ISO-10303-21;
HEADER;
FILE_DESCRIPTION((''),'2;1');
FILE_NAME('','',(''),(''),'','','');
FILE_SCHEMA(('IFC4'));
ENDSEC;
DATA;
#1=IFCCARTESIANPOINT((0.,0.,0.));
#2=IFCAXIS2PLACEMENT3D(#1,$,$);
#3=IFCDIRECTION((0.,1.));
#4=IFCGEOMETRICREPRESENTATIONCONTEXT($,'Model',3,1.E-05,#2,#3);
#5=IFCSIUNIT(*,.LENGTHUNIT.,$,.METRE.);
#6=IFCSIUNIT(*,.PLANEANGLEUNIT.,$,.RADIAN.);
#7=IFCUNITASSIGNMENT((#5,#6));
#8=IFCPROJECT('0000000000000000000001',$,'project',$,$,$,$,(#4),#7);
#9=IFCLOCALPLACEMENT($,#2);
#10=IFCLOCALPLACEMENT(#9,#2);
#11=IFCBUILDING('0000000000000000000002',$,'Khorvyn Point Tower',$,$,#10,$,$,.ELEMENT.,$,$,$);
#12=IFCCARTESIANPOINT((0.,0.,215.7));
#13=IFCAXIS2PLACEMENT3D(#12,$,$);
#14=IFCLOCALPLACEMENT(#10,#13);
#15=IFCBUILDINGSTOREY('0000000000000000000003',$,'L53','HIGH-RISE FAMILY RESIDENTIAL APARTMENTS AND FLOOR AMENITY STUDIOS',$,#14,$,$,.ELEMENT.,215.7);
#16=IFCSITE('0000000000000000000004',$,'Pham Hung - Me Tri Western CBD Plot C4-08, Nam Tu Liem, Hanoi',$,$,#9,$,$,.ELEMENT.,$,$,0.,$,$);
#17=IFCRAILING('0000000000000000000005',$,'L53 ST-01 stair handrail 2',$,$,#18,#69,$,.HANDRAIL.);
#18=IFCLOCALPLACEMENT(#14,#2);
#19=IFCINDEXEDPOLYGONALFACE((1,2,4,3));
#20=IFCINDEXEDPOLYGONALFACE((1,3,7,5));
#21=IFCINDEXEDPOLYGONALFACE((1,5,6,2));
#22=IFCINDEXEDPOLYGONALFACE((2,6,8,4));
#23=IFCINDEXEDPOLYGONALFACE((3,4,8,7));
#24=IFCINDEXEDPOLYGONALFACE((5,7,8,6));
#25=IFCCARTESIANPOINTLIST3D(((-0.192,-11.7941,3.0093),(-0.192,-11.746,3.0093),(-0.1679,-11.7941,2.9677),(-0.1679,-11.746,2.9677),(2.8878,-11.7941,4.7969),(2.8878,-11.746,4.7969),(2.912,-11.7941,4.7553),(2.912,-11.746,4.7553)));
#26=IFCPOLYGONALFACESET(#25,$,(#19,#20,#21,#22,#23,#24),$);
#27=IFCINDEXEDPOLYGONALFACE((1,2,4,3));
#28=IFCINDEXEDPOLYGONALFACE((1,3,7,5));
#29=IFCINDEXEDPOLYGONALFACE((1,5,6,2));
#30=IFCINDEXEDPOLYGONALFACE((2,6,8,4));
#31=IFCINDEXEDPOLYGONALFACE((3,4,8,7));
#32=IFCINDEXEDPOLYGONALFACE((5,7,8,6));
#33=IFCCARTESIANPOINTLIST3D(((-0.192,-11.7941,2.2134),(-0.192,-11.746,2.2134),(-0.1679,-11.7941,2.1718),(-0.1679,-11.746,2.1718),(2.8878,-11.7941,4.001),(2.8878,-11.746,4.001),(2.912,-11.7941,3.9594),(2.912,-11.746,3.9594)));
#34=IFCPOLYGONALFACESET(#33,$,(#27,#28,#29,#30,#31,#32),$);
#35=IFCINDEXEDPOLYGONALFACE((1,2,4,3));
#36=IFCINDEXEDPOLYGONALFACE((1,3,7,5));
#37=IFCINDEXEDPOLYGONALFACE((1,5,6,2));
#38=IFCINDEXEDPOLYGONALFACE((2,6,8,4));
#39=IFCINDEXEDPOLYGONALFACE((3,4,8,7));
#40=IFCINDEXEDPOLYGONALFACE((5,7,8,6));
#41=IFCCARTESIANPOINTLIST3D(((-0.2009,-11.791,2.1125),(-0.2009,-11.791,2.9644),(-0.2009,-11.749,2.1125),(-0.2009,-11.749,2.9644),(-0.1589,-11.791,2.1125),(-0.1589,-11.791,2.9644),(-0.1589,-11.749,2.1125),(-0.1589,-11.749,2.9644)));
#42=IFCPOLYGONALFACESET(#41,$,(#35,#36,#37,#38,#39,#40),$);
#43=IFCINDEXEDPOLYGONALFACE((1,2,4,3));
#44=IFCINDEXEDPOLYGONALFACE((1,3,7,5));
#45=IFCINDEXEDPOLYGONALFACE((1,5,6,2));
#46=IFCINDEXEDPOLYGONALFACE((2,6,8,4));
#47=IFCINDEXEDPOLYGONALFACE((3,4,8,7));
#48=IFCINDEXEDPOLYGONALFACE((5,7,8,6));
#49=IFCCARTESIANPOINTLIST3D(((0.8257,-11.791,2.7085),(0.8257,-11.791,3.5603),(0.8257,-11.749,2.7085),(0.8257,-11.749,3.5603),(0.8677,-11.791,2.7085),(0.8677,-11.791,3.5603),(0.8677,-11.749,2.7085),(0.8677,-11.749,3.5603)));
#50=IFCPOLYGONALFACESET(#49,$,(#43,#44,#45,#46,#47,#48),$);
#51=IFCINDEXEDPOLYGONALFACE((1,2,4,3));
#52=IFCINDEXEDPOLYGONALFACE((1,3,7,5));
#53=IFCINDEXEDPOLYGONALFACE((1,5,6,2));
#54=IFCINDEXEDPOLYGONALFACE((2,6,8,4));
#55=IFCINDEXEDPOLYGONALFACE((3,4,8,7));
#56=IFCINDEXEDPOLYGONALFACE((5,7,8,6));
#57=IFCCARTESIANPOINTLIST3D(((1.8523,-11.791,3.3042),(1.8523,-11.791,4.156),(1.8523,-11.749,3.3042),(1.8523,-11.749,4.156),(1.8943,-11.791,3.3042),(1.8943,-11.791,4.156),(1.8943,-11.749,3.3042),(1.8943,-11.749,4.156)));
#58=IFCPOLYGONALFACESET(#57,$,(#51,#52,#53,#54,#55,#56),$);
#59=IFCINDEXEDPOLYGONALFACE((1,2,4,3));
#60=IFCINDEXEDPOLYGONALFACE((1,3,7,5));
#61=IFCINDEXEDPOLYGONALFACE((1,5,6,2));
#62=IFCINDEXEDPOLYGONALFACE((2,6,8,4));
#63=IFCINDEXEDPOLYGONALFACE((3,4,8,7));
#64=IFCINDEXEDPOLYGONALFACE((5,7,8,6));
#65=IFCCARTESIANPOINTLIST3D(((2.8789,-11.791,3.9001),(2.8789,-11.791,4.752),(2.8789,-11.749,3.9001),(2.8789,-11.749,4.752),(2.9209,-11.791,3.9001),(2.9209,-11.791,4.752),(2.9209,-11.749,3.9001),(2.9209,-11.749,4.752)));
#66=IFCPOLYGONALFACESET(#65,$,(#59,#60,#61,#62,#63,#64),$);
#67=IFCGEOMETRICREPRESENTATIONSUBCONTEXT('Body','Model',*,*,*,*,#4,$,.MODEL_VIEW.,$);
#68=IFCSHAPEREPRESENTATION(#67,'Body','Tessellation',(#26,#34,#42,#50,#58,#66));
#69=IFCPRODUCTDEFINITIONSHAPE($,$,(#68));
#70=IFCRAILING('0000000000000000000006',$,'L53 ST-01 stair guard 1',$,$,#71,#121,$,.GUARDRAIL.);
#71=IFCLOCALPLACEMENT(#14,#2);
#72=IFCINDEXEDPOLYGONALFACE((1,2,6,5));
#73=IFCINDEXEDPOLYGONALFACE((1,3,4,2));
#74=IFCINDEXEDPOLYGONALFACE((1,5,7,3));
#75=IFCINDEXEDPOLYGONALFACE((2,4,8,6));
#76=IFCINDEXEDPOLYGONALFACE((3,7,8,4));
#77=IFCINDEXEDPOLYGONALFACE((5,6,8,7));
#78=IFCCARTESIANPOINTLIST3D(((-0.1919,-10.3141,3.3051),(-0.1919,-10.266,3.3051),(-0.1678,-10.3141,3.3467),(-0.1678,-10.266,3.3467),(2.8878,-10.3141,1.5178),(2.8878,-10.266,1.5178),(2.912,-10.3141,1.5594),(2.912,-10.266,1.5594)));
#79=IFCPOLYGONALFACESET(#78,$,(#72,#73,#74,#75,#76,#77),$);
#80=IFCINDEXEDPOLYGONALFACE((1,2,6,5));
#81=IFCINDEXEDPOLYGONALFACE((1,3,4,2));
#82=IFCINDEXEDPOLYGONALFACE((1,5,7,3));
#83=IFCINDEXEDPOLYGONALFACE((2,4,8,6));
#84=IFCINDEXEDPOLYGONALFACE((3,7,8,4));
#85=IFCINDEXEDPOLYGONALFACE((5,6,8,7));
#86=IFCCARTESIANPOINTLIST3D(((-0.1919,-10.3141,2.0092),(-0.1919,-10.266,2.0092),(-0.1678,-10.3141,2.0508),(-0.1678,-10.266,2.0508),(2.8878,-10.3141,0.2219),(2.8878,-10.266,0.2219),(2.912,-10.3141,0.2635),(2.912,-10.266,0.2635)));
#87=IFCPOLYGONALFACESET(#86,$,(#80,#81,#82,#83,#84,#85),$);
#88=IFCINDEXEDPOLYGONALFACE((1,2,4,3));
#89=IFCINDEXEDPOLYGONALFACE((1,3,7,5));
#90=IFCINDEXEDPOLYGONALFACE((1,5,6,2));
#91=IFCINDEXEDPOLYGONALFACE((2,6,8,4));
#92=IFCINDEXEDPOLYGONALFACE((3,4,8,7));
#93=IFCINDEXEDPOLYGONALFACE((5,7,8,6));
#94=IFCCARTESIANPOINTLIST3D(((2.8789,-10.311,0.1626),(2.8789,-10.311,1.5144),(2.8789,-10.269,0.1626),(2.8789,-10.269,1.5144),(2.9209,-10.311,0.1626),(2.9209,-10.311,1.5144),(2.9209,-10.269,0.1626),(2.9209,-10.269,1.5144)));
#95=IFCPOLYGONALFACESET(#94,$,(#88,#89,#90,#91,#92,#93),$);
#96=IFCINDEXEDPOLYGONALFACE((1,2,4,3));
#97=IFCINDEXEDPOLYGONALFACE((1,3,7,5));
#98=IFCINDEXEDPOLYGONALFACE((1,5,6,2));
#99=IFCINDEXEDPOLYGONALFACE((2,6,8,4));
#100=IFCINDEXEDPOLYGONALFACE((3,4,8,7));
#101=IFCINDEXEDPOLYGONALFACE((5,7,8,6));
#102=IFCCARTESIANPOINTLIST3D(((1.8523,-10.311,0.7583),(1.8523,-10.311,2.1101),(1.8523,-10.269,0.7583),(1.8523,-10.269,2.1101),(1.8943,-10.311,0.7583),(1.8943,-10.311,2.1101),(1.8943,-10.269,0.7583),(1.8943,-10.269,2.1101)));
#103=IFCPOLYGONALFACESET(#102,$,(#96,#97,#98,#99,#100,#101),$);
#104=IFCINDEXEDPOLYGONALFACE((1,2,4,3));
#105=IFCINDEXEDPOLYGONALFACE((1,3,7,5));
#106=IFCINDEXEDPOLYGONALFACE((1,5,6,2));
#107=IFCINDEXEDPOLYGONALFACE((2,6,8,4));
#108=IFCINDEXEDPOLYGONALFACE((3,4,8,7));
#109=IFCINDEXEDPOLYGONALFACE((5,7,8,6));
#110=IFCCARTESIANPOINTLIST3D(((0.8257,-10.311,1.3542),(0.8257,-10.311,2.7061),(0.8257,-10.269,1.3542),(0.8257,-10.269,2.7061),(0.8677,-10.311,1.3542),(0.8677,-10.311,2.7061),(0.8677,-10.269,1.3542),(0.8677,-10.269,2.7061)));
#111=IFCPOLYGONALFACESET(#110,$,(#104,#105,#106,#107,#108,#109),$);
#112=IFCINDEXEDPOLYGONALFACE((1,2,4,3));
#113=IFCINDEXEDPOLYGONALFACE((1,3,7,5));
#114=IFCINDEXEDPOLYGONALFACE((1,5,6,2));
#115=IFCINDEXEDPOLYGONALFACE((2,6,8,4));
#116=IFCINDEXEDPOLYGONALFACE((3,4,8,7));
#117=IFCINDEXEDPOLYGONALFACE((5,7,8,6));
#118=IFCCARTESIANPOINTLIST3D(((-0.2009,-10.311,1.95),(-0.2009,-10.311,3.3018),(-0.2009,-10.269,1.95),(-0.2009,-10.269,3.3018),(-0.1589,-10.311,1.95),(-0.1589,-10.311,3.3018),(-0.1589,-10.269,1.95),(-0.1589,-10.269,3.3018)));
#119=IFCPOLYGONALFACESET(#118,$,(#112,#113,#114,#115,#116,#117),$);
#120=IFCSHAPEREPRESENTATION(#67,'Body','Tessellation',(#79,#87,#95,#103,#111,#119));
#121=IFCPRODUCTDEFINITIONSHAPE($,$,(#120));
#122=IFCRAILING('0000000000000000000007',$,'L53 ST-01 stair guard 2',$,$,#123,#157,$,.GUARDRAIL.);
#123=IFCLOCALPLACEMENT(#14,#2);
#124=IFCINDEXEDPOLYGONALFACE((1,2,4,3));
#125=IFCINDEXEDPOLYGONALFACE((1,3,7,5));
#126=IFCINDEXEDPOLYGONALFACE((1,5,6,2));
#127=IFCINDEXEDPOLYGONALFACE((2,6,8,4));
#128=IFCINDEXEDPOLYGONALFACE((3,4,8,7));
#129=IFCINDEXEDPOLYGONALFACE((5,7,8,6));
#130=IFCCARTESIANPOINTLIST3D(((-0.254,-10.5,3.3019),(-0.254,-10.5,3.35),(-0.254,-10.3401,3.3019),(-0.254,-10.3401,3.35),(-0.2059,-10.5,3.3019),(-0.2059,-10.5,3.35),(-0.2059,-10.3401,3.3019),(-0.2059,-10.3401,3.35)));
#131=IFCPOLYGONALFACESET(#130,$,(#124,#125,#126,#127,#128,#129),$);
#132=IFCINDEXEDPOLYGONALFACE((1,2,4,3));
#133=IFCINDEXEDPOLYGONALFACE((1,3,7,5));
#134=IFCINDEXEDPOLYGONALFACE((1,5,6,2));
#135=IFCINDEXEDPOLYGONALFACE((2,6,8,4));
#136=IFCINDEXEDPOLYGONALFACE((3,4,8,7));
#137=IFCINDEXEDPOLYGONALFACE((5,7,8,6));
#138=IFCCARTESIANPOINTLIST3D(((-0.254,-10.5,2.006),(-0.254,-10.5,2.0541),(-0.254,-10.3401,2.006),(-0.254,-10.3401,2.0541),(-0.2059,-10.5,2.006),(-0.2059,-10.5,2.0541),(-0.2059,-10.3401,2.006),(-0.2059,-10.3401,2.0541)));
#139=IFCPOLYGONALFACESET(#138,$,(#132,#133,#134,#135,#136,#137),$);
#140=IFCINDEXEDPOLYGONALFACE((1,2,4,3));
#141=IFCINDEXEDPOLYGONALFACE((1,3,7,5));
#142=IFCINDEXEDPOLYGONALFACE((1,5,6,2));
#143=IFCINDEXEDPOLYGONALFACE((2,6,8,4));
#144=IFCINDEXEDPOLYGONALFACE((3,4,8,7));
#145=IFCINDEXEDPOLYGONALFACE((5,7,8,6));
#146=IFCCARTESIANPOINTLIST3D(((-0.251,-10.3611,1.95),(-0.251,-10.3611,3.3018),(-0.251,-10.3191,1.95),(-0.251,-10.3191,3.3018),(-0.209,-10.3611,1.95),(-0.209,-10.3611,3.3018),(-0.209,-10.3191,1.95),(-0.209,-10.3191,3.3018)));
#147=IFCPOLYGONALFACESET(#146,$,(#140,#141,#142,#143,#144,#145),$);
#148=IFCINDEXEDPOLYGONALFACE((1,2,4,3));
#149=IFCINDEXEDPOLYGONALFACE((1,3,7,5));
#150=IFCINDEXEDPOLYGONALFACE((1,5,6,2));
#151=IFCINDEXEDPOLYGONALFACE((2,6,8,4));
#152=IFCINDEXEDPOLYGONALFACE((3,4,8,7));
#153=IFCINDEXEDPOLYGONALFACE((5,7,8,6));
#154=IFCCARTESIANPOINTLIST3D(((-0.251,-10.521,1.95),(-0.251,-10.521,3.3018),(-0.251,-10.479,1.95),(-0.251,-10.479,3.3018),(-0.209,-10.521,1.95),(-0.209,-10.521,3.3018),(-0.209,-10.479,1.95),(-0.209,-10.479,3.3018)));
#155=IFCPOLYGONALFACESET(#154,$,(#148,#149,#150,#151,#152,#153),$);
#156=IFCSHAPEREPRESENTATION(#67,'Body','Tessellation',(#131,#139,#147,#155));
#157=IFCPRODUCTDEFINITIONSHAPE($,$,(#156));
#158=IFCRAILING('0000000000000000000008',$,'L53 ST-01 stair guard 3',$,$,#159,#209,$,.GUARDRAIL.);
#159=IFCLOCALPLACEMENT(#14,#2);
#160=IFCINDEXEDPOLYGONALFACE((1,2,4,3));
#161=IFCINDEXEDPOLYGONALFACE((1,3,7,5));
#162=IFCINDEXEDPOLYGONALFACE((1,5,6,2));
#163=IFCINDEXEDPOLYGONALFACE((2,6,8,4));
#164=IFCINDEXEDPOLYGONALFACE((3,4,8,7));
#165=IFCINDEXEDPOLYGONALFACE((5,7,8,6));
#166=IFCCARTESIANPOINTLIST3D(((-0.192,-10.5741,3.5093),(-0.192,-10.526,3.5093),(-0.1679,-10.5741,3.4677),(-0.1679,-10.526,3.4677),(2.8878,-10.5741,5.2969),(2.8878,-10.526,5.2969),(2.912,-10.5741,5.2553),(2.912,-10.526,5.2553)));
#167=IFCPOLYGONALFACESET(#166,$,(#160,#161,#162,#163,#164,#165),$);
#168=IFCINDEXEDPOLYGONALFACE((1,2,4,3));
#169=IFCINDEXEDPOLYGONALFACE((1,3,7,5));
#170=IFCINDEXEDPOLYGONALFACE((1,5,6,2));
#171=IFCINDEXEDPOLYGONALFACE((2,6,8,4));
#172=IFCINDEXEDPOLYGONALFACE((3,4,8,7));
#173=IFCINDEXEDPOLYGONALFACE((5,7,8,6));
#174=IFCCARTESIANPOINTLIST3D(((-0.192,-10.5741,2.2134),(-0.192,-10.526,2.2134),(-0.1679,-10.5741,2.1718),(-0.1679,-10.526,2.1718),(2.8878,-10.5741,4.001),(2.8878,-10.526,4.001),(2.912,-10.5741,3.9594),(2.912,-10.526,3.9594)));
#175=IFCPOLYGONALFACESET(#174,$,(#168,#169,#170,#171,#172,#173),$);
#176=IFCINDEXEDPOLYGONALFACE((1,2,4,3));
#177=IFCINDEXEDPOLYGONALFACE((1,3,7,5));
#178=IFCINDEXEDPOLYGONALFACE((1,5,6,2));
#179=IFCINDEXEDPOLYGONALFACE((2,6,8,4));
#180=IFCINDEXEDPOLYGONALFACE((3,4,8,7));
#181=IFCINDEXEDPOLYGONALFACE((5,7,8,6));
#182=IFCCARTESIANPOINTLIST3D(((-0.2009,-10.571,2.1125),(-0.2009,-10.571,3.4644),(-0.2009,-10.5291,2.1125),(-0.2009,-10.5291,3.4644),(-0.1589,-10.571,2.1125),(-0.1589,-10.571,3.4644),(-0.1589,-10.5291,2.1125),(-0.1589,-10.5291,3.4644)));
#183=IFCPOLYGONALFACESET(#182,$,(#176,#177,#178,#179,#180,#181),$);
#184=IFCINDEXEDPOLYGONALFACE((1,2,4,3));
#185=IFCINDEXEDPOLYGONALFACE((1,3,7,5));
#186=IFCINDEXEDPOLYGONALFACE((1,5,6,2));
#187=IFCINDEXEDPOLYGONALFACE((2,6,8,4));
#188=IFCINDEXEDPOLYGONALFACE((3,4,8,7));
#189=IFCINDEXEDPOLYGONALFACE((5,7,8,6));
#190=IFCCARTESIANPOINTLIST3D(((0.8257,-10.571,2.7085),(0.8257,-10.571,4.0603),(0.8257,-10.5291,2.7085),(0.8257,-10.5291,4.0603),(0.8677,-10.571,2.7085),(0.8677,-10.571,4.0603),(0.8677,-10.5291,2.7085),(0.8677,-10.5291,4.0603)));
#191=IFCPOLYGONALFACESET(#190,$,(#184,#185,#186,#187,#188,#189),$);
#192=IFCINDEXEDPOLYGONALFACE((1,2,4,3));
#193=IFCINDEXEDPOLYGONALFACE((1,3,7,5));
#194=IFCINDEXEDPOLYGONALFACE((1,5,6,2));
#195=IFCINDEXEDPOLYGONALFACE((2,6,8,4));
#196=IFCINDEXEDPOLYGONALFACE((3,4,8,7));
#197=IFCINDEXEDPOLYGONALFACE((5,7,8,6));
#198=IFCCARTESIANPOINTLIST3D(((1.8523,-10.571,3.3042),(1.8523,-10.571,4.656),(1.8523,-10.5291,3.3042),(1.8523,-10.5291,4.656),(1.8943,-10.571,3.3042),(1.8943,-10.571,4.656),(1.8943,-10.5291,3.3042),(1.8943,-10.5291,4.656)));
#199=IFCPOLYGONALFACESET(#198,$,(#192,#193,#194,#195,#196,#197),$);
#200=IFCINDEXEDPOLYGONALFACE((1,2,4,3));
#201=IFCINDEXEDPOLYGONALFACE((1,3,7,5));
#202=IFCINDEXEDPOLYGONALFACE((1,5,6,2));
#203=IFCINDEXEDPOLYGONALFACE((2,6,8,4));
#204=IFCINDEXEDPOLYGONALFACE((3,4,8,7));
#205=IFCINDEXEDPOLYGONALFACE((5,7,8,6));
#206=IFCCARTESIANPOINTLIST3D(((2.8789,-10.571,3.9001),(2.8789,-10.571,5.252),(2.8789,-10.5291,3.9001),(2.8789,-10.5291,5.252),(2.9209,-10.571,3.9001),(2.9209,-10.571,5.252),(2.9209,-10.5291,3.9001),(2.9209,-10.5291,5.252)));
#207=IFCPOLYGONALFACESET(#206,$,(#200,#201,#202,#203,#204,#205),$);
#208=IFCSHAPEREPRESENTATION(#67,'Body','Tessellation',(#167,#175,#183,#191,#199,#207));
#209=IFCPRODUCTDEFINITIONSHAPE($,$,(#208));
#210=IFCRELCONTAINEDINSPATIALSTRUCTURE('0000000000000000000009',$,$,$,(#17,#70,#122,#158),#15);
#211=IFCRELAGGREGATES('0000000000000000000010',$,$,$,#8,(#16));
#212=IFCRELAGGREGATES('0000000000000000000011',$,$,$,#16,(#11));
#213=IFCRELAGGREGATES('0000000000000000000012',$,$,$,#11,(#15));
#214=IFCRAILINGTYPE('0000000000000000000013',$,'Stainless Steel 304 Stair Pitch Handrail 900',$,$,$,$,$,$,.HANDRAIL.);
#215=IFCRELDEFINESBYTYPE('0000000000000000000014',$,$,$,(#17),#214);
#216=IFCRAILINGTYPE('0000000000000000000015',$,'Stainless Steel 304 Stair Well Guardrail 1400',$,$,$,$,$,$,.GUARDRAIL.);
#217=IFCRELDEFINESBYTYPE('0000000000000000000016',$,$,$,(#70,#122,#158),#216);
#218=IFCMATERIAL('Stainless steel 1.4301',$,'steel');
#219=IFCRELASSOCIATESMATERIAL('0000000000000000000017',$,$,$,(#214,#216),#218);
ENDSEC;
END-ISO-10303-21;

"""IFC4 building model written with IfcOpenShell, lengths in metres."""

from ifc_helpers import new_model, si_unit, direction, frame, origin, origin_2d, place, context, subcontext, project, spatial, rectangle, extrude, material, type_object, element, save


model = new_model("IFC4")

# Units and contexts
model_context = context("Model", 3, precision=1e-05, world=origin(), true_north=direction((0.0, 1.0)))
body_context = subcontext(model_context, "Body", "Model", "MODEL_VIEW")
ifc_project = project(units=[si_unit("LENGTHUNIT", "METRE"), si_unit("PLANEANGLEUNIT", "RADIAN")], contexts=[model_context])

# Site, building, storey
site_placement = place(None, origin())
site = spatial("IfcSite", under=ifc_project, at=site_placement, Name="Pham Hung - Me Tri Western CBD Plot C4-08, Nam Tu Liem, Hanoi", CompositionType="ELEMENT", RefElevation=0.0)
building_placement = place(site_placement, origin())
building = spatial("IfcBuilding", under=site, at=building_placement, Name="Khorvyn Point Tower", CompositionType="ELEMENT")
storey_placement = place(building_placement, frame((0.0, 0.0, 215.7)))
storey = spatial("IfcBuildingStorey", under=building, at=storey_placement, Name="L53", Description="HIGH-RISE FAMILY RESIDENTIAL APARTMENTS AND FLOOR AMENITY STUDIOS", CompositionType="ELEMENT", Elevation=215.7)

# Railings
ifc_material_1 = material(Name="Stainless steel 1.4301", Category="steel")
railing_type_1 = type_object("IfcRailingType", Name="Stainless Steel 304 Stair Pitch Handrail 900", PredefinedType="HANDRAIL", material=ifc_material_1)
railing_1_placement = place(storey_placement, frame((-0.1799, -11.77, 2.1125)))
element("IfcRailing", 1, at=railing_1_placement, inside=storey, type_object=railing_type_1, Name="L53 ST-01 stair handrail 2", PredefinedType="HANDRAIL", context=body_context, shape_type="SweptSolid", body=[
    extrude(rectangle(XDim=0.0481, YDim=0.0481, at=origin_2d()), frame((0.0, 0.0, 0.876), z_axis=(0.864873, 0.0, 0.50199), x_axis=(0.0, 1.0, 0.0)), (0.0, 0.0, 1.0), 3.561),
    extrude(rectangle(XDim=0.0481, YDim=0.0481, at=origin_2d()), frame((0.0, 0.0, 0.0801), z_axis=(0.864873, 0.0, 0.50199), x_axis=(0.0, 1.0, 0.0)), (0.0, 0.0, 1.0), 3.561),
    extrude(rectangle(XDim=0.042, YDim=0.042, at=origin_2d()), origin(), (0.0, 0.0, 1.0), 0.8518),
    extrude(rectangle(XDim=0.042, YDim=0.042, at=origin_2d()), frame((1.0266, 0.0, 0.5959)), (0.0, 0.0, 1.0), 0.8518),
    extrude(rectangle(XDim=0.042, YDim=0.042, at=origin_2d()), frame((2.0532, 0.0, 1.1917)), (0.0, 0.0, 1.0), 0.8518),
    extrude(rectangle(XDim=0.042, YDim=0.042, at=origin_2d()), frame((3.0798, 0.0, 1.7876)), (0.0, 0.0, 1.0), 0.8518),
])
railing_type_2 = type_object("IfcRailingType", Name="Stainless Steel 304 Stair Well Guardrail 1400", PredefinedType="GUARDRAIL", material=ifc_material_1)
railing_2_placement = place(storey_placement, frame((2.8999, -10.29, 0.1626)))
element("IfcRailing", 2, at=railing_2_placement, inside=storey, type_object=railing_type_2, Name="L53 ST-01 stair guard 1", PredefinedType="GUARDRAIL", context=body_context, shape_type="SweptSolid", body=[
    extrude(rectangle(XDim=0.0481, YDim=0.0481, at=origin_2d()), frame((0.0, 0.0, 1.376), z_axis=(-0.864903, 0.0, 0.501939), x_axis=(0.0, -1.0, 0.0)), (0.0, 0.0, 1.0), 3.5608),
    extrude(rectangle(XDim=0.0481, YDim=0.0481, at=origin_2d()), frame((0.0, 0.0, 0.0801), z_axis=(-0.864903, 0.0, 0.501939), x_axis=(0.0, -1.0, 0.0)), (0.0, 0.0, 1.0), 3.5608),
    extrude(rectangle(XDim=0.042, YDim=0.042, at=origin_2d()), origin(), (0.0, 0.0, 1.0), 1.3518),
    extrude(rectangle(XDim=0.042, YDim=0.042, at=origin_2d()), frame((-1.0266, 0.0, 0.5957)), (0.0, 0.0, 1.0), 1.3518),
    extrude(rectangle(XDim=0.042, YDim=0.042, at=origin_2d()), frame((-2.0532, 0.0, 1.1917)), (0.0, 0.0, 1.0), 1.3518),
    extrude(rectangle(XDim=0.042, YDim=0.042, at=origin_2d()), frame((-3.0798, 0.0, 1.7874)), (0.0, 0.0, 1.0), 1.3518),
])
railing_3_placement = place(storey_placement, frame((-0.23, -10.3401, 1.95)))
element("IfcRailing", 3, at=railing_3_placement, inside=storey, type_object=railing_type_2, Name="L53 ST-01 stair guard 2", PredefinedType="GUARDRAIL", context=body_context, shape_type="SweptSolid", body=[
    extrude(rectangle(XDim=0.0481, YDim=0.0481, at=origin_2d()), frame((0.0, 0.0, 1.376), z_axis=(0.0, -1.0, 0.0), x_axis=(1.0, 0.0, 0.0)), (0.0, 0.0, 1.0), 0.1599),
    extrude(rectangle(XDim=0.0481, YDim=0.0481, at=origin_2d()), frame((0.0, 0.0, 0.0801), z_axis=(0.0, -1.0, 0.0), x_axis=(1.0, 0.0, 0.0)), (0.0, 0.0, 1.0), 0.1599),
    extrude(rectangle(XDim=0.042, YDim=0.042, at=origin_2d()), origin(), (0.0, 0.0, 1.0), 1.3518),
    extrude(rectangle(XDim=0.042, YDim=0.042, at=origin_2d()), frame((0.0, -0.1599, 0.0)), (0.0, 0.0, 1.0), 1.3518),
])
railing_4_placement = place(storey_placement, frame((-0.1799, -10.55, 2.1125)))
element("IfcRailing", 4, at=railing_4_placement, inside=storey, type_object=railing_type_2, Name="L53 ST-01 stair guard 3", PredefinedType="GUARDRAIL", context=body_context, shape_type="SweptSolid", body=[
    extrude(rectangle(XDim=0.0481, YDim=0.0481, at=origin_2d()), frame((0.0, 0.0, 1.376), z_axis=(0.864873, 0.0, 0.50199), x_axis=(0.0, 1.0, 0.0)), (0.0, 0.0, 1.0), 3.561),
    extrude(rectangle(XDim=0.0481, YDim=0.0481, at=origin_2d()), frame((0.0, 0.0, 0.0801), z_axis=(0.864873, 0.0, 0.50199), x_axis=(0.0, 1.0, 0.0)), (0.0, 0.0, 1.0), 3.561),
    extrude(rectangle(XDim=0.042, YDim=0.042, at=origin_2d()), origin(), (0.0, 0.0, 1.0), 1.3518),
    extrude(rectangle(XDim=0.042, YDim=0.042, at=origin_2d()), frame((1.0266, 0.0, 0.5959)), (0.0, 0.0, 1.0), 1.3518),
    extrude(rectangle(XDim=0.042, YDim=0.042, at=origin_2d()), frame((2.0532, 0.0, 1.1917)), (0.0, 0.0, 1.0), 1.3518),
    extrude(rectangle(XDim=0.042, YDim=0.042, at=origin_2d()), frame((3.0798, 0.0, 1.7876)), (0.0, 0.0, 1.0), 1.3518),
])

save(model, "model.ifc")
